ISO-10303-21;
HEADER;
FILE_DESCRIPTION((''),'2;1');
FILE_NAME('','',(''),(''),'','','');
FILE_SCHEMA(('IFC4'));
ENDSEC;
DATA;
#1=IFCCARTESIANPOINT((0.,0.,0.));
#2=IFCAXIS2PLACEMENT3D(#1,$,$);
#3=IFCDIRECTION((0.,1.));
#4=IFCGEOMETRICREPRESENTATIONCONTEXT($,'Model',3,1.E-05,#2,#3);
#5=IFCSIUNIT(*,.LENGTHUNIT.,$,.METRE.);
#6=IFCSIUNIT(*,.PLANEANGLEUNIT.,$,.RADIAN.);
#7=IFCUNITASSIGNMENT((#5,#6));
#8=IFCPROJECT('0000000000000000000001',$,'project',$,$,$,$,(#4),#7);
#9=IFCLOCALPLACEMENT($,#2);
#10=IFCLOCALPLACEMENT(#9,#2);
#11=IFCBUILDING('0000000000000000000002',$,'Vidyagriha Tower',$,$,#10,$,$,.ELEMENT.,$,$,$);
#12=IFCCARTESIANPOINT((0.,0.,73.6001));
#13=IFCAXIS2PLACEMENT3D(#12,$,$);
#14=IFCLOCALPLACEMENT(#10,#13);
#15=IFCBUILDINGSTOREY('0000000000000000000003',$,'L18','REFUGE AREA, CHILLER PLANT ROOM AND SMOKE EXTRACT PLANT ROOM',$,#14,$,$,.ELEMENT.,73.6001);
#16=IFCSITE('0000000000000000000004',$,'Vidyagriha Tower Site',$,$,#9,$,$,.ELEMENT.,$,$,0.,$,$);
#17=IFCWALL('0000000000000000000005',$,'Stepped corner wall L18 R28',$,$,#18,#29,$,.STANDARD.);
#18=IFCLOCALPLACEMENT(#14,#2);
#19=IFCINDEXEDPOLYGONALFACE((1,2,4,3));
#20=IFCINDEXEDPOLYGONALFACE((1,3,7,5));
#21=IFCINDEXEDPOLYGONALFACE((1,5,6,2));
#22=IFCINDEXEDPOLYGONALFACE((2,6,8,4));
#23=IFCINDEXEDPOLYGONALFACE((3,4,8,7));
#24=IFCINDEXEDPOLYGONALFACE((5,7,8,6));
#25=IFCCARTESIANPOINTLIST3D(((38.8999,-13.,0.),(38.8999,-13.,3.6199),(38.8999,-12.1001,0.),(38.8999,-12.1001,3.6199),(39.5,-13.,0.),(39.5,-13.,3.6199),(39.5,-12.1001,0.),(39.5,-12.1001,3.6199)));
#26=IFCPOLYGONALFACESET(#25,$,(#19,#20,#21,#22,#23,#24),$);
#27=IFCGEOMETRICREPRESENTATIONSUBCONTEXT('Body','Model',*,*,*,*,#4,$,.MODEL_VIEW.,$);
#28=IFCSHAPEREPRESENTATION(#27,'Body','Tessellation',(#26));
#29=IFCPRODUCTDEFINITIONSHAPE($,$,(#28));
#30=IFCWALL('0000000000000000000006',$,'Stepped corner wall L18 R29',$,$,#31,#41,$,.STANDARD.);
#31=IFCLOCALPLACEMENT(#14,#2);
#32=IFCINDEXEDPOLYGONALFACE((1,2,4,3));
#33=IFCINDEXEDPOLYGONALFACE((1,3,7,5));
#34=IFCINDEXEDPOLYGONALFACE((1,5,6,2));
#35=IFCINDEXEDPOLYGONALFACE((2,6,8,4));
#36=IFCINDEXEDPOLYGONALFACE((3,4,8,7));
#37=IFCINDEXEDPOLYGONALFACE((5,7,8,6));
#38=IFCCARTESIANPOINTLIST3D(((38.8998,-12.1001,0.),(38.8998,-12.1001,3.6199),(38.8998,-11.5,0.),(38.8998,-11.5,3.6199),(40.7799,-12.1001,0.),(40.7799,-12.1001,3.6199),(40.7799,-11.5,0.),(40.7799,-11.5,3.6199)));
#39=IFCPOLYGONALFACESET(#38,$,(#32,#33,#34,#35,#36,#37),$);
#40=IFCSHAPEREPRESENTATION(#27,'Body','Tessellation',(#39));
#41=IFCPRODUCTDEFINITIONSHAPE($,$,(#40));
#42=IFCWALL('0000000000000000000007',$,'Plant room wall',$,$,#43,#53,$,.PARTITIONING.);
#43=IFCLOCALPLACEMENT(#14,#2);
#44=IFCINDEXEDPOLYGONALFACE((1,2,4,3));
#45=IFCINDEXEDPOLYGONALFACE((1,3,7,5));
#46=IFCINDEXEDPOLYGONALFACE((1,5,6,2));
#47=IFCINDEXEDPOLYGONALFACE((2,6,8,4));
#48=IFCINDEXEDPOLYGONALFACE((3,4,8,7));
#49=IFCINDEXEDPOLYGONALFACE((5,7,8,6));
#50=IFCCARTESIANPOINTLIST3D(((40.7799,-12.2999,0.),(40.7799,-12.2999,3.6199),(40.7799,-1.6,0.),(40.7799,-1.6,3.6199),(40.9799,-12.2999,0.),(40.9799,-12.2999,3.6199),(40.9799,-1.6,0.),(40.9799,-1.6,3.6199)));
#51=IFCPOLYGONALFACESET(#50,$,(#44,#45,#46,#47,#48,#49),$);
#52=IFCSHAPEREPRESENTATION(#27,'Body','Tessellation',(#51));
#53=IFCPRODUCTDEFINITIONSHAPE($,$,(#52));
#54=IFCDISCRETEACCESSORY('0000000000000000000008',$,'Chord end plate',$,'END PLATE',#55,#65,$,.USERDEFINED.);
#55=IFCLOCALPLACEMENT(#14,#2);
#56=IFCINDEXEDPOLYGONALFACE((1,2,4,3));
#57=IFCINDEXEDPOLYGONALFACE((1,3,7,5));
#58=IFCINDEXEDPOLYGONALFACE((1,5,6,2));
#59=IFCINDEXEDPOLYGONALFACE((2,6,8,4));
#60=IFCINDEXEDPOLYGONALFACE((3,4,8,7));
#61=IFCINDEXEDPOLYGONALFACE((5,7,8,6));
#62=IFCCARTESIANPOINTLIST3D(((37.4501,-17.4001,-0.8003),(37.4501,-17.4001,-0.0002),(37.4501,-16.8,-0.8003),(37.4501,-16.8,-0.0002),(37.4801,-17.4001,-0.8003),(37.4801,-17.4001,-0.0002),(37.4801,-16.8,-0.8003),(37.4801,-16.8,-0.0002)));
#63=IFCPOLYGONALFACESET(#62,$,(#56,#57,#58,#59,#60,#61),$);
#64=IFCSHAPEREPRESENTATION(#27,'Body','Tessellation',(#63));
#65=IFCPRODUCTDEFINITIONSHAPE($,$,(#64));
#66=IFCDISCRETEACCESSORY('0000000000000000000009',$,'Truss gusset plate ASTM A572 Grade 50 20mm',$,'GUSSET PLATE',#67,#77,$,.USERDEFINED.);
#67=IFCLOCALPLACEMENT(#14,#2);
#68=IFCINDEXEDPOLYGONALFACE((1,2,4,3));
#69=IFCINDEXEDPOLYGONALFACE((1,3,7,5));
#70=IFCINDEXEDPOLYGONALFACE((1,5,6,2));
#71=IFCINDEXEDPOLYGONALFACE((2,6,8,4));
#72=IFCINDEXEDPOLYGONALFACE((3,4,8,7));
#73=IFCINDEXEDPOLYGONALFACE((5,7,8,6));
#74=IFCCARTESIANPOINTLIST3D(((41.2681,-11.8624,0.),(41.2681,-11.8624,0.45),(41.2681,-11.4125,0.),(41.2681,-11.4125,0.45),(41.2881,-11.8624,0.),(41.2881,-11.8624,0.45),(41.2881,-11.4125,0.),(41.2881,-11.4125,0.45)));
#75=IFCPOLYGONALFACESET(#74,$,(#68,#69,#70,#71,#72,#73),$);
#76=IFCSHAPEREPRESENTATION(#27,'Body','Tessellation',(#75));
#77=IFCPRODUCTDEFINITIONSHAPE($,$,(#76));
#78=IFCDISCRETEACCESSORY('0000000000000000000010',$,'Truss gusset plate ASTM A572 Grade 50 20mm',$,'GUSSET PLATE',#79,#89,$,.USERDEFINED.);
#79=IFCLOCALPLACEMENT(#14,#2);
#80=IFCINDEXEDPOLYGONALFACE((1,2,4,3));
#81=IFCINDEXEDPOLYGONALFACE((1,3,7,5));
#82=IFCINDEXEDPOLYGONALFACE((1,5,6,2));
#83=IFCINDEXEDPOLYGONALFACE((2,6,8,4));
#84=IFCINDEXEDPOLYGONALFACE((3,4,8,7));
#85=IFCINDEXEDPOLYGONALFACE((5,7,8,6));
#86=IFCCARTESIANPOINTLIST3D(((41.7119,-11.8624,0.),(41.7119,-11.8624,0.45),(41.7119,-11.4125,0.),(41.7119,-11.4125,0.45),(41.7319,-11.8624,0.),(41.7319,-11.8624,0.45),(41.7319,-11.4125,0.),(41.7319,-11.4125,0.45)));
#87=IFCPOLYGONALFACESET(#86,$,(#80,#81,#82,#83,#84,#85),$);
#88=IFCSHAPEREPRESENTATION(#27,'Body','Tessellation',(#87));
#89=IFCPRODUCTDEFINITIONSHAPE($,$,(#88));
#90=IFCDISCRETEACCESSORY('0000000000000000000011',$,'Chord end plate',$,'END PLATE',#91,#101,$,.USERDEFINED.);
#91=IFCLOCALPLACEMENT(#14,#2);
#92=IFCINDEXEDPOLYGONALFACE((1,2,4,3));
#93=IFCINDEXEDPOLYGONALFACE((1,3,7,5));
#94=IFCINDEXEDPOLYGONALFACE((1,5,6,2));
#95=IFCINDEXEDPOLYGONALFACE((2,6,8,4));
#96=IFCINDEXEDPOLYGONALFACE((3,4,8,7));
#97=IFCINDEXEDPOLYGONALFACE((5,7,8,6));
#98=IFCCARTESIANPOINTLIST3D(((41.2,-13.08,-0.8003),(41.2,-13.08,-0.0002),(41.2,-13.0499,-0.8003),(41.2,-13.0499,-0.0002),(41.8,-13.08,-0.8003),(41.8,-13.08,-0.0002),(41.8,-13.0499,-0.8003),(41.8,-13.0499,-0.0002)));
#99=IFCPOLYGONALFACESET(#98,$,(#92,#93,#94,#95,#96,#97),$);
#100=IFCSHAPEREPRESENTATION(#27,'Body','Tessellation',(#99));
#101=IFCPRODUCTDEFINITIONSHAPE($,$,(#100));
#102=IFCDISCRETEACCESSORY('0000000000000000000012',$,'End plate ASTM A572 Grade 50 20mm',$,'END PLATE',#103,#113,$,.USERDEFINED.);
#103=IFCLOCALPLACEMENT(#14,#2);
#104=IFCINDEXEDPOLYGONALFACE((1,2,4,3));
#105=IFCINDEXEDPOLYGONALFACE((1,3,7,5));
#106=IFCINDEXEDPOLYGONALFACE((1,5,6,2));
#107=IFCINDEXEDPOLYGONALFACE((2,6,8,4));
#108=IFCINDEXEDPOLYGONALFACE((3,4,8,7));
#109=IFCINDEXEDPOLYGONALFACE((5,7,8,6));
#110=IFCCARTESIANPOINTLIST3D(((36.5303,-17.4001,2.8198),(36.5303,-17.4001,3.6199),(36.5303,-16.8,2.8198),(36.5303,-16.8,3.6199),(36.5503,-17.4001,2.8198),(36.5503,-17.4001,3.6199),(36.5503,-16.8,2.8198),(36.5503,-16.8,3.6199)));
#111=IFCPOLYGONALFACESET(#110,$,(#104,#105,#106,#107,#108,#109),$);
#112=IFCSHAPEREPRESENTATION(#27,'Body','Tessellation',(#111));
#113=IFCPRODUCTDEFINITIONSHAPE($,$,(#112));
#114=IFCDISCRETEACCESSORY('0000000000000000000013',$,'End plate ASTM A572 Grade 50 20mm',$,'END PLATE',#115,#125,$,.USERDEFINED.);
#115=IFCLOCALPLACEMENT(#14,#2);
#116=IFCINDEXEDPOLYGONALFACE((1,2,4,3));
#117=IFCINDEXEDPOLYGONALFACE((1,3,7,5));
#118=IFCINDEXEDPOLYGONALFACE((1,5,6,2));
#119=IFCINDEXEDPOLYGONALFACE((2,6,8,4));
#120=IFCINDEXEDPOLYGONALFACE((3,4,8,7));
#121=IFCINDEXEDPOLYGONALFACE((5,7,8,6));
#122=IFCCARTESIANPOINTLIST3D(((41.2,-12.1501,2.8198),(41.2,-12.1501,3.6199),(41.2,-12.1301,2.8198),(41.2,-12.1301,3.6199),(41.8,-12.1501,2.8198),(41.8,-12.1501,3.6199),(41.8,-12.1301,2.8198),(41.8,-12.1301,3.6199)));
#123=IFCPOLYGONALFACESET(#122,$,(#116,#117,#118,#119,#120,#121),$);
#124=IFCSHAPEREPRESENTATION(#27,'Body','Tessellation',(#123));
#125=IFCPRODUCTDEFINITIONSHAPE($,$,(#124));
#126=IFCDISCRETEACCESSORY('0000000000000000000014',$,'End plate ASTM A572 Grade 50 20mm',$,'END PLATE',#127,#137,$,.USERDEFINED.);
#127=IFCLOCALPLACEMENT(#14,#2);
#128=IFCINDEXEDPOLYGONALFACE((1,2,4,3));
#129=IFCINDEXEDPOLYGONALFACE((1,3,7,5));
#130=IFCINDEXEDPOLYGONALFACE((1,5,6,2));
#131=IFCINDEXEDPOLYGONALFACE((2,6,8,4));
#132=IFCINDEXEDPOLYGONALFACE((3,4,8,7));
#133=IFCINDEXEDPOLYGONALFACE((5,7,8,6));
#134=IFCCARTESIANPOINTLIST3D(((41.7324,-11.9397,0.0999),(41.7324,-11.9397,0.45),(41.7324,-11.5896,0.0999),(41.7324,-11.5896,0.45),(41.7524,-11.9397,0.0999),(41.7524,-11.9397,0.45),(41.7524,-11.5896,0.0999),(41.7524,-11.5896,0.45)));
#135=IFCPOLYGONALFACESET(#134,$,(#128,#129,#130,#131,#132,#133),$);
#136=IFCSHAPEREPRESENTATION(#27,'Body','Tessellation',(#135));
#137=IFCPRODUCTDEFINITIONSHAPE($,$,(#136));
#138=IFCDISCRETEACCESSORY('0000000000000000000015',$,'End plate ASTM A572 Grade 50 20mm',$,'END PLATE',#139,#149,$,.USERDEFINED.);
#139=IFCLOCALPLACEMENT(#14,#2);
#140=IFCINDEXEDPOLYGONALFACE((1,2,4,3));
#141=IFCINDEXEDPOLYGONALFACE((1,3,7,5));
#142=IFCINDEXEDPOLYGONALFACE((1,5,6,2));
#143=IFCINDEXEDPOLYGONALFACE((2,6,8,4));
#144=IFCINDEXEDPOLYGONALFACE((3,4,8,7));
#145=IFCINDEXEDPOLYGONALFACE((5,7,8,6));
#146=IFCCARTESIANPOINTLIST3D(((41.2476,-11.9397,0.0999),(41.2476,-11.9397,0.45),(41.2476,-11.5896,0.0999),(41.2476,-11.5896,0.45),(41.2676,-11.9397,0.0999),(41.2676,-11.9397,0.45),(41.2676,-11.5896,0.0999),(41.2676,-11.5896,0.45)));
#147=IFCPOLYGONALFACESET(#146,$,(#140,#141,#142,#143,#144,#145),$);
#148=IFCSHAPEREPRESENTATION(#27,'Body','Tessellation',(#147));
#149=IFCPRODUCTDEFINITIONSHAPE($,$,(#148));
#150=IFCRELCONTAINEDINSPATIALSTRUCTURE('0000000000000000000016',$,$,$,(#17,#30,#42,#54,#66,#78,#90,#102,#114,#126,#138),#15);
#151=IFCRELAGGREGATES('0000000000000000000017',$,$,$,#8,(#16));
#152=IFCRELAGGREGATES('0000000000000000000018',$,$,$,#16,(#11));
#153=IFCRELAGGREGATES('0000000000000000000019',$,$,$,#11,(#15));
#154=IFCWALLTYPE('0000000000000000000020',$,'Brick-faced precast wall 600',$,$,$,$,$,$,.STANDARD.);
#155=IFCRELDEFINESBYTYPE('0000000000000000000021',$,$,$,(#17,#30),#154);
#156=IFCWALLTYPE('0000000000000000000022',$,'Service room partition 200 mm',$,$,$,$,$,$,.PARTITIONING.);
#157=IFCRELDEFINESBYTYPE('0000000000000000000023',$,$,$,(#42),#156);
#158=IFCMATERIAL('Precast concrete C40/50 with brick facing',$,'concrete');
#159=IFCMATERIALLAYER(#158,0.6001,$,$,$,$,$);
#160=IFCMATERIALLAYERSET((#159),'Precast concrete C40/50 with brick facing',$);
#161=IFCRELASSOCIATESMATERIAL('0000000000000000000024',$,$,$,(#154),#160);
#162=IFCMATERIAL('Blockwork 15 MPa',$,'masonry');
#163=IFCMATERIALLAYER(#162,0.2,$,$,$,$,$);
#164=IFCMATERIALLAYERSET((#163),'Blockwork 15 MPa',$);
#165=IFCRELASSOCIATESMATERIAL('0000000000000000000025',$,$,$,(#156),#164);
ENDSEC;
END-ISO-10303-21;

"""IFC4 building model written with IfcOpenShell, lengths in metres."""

from ifc_helpers import new_model, si_unit, direction, frame, frame_2d, origin, origin_2d, place, context, subcontext, project, spatial, rectangle, extrude, material, layer, layer_set, type_object, element, save


model = new_model("IFC4")

# Units and contexts
model_context = context("Model", 3, precision=1e-05, world=origin(), true_north=direction((0.0, 1.0)))
body_context = subcontext(model_context, "Body", "Model", "MODEL_VIEW")
ifc_project = project(units=[si_unit("LENGTHUNIT", "METRE"), si_unit("PLANEANGLEUNIT", "RADIAN")], contexts=[model_context])

# Site, building, storey
site_placement = place(None, origin())
site = spatial("IfcSite", under=ifc_project, at=site_placement, Name="Vidyagriha Tower Site", CompositionType="ELEMENT", RefElevation=0.0)
building_placement = place(site_placement, origin())
building = spatial("IfcBuilding", under=site, at=building_placement, Name="Vidyagriha Tower", CompositionType="ELEMENT")
storey_placement = place(building_placement, frame((0.0, 0.0, 73.6001)))
storey = spatial("IfcBuildingStorey", under=building, at=storey_placement, Name="L18", Description="REFUGE AREA, CHILLER PLANT ROOM AND SMOKE EXTRACT PLANT ROOM", CompositionType="ELEMENT", Elevation=73.6001)

# Walls
ifc_material_1 = material(Name="Precast concrete C40/50 with brick facing", Category="concrete")
ifc_layer_1 = layer(ifc_material_1, 0.6001)
ifc_layer_set_1 = layer_set([ifc_layer_1], Name="Precast concrete C40/50 with brick facing")
wall_type_1 = type_object("IfcWallType", Name="Brick-faced precast wall 600", PredefinedType="STANDARD", material=ifc_layer_set_1)
wall_1_placement = place(storey_placement, frame((39.2, -13.0, 0.0), z_axis=(0.0, 0.0, 1.0), x_axis=(0.0, 1.0, 0.0)))
element("IfcWall", 1, at=wall_1_placement, inside=storey, type_object=wall_type_1, Name="Stepped corner wall L18 R28", PredefinedType="STANDARD", context=body_context, shape_type="SweptSolid", body=[
    extrude(rectangle(XDim=0.8999, YDim=0.6001, at=frame_2d((0.45, 0.0))), origin(), (0.0, 0.0, 1.0), 3.6199),
])
wall_2_placement = place(storey_placement, frame((38.8999, -11.8, 0.0)))
element("IfcWall", 2, at=wall_2_placement, inside=storey, type_object=wall_type_1, Name="Stepped corner wall L18 R29", PredefinedType="STANDARD", context=body_context, shape_type="SweptSolid", body=[
    extrude(rectangle(XDim=1.8801, YDim=0.6001, at=frame_2d((0.9399, 0.0))), origin(), (0.0, 0.0, 1.0), 3.6199),
])
ifc_material_2 = material(Name="Blockwork 15 MPa", Category="masonry")
ifc_layer_2 = layer(ifc_material_2, 0.2)
ifc_layer_set_2 = layer_set([ifc_layer_2], Name="Blockwork 15 MPa")
wall_type_2 = type_object("IfcWallType", Name="Service room partition 200 mm", PredefinedType="PARTITIONING", material=ifc_layer_set_2)
wall_3_placement = place(storey_placement, frame((40.8799, -12.3, 0.0), z_axis=(0.0, 0.0, 1.0), x_axis=(0.0, 1.0, 0.0)))
element("IfcWall", 3, at=wall_3_placement, inside=storey, type_object=wall_type_2, Name="Plant room wall", PredefinedType="PARTITIONING", context=body_context, shape_type="SweptSolid", body=[
    extrude(rectangle(XDim=10.7, YDim=0.2, at=frame_2d((5.3501, 0.0))), origin(), (0.0, 0.0, 1.0), 3.6199),
])

# Discrete accessories
discrete_accessory_1_placement = place(storey_placement, frame((37.4651, -17.1001, -0.8003)))
element("IfcDiscreteAccessory", 4, at=discrete_accessory_1_placement, inside=storey, Name="Chord end plate", ObjectType="END PLATE", PredefinedType="USERDEFINED", context=body_context, shape_type="SweptSolid", body=[
    extrude(rectangle(XDim=0.03, YDim=0.6001, at=origin_2d()), origin(), (0.0, 0.0, 1.0), 0.8),
])
for number, where, z_axis, x_axis, name in (
    (5, (41.2781, -11.6375, 0.0), (0.0, 0.0, 1.0), (0.0, 1.0, 0.0), "Truss gusset plate ASTM A572 Grade 50 20mm"),
    (6, (41.7219, -11.6375, 0.0), (0.0, 0.0, 1.0), (0.0, 1.0, 0.0), "Truss gusset plate ASTM A572 Grade 50 20mm"),
):
    element("IfcDiscreteAccessory", number, at=place(storey_placement, frame(where, z_axis=z_axis, x_axis=x_axis)), inside=storey, Name=name, ObjectType="GUSSET PLATE", PredefinedType="USERDEFINED", context=body_context, shape_type="SweptSolid", body=[
        extrude(rectangle(XDim=0.45, YDim=0.02, at=origin_2d()), origin(), (0.0, 0.0, 1.0), 0.45),
    ])
discrete_accessory_2_placement = place(storey_placement, frame((41.5, -13.0649, -0.8003), z_axis=(0.0, 0.0, 1.0), x_axis=(0.0, -1.0, 0.0)))
element("IfcDiscreteAccessory", 7, at=discrete_accessory_2_placement, inside=storey, Name="Chord end plate", ObjectType="END PLATE", PredefinedType="USERDEFINED", context=body_context, shape_type="SweptSolid", body=[
    extrude(rectangle(XDim=0.03, YDim=0.6001, at=origin_2d()), origin(), (0.0, 0.0, 1.0), 0.8),
])
discrete_accessory_3_placement = place(storey_placement, frame((36.5403, -17.1001, 2.8198)))
element("IfcDiscreteAccessory", 8, at=discrete_accessory_3_placement, inside=storey, Name="End plate ASTM A572 Grade 50 20mm", ObjectType="END PLATE", PredefinedType="USERDEFINED", context=body_context, shape_type="SweptSolid", body=[
    extrude(rectangle(XDim=0.02, YDim=0.6001, at=origin_2d()), origin(), (0.0, 0.0, 1.0), 0.8),
])
discrete_accessory_4_placement = place(storey_placement, frame((41.5, -12.1401, 2.8198), z_axis=(0.0, 0.0, 1.0), x_axis=(0.0, -1.0, 0.0)))
element("IfcDiscreteAccessory", 9, at=discrete_accessory_4_placement, inside=storey, Name="End plate ASTM A572 Grade 50 20mm", ObjectType="END PLATE", PredefinedType="USERDEFINED", context=body_context, shape_type="SweptSolid", body=[
    extrude(rectangle(XDim=0.02, YDim=0.6001, at=origin_2d()), origin(), (0.0, 0.0, 1.0), 0.8),
])
for number, where, z_axis, x_axis, name in (
    (10, (41.7424, -11.7646, 0.0999), (0.0, 0.0, 1.0), (0.0, -1.0, 0.0), "End plate ASTM A572 Grade 50 20mm"),
    (11, (41.2576, -11.7646, 0.0999), (0.0, 0.0, 1.0), (0.0, -1.0, 0.0), "End plate ASTM A572 Grade 50 20mm"),
):
    element("IfcDiscreteAccessory", number, at=place(storey_placement, frame(where, z_axis=z_axis, x_axis=x_axis)), inside=storey, Name=name, ObjectType="END PLATE", PredefinedType="USERDEFINED", context=body_context, shape_type="SweptSolid", body=[
        extrude(rectangle(XDim=0.3501, YDim=0.02, at=origin_2d()), origin(), (0.0, 0.0, 1.0), 0.3501),
    ])

save(model, "model.ifc")
